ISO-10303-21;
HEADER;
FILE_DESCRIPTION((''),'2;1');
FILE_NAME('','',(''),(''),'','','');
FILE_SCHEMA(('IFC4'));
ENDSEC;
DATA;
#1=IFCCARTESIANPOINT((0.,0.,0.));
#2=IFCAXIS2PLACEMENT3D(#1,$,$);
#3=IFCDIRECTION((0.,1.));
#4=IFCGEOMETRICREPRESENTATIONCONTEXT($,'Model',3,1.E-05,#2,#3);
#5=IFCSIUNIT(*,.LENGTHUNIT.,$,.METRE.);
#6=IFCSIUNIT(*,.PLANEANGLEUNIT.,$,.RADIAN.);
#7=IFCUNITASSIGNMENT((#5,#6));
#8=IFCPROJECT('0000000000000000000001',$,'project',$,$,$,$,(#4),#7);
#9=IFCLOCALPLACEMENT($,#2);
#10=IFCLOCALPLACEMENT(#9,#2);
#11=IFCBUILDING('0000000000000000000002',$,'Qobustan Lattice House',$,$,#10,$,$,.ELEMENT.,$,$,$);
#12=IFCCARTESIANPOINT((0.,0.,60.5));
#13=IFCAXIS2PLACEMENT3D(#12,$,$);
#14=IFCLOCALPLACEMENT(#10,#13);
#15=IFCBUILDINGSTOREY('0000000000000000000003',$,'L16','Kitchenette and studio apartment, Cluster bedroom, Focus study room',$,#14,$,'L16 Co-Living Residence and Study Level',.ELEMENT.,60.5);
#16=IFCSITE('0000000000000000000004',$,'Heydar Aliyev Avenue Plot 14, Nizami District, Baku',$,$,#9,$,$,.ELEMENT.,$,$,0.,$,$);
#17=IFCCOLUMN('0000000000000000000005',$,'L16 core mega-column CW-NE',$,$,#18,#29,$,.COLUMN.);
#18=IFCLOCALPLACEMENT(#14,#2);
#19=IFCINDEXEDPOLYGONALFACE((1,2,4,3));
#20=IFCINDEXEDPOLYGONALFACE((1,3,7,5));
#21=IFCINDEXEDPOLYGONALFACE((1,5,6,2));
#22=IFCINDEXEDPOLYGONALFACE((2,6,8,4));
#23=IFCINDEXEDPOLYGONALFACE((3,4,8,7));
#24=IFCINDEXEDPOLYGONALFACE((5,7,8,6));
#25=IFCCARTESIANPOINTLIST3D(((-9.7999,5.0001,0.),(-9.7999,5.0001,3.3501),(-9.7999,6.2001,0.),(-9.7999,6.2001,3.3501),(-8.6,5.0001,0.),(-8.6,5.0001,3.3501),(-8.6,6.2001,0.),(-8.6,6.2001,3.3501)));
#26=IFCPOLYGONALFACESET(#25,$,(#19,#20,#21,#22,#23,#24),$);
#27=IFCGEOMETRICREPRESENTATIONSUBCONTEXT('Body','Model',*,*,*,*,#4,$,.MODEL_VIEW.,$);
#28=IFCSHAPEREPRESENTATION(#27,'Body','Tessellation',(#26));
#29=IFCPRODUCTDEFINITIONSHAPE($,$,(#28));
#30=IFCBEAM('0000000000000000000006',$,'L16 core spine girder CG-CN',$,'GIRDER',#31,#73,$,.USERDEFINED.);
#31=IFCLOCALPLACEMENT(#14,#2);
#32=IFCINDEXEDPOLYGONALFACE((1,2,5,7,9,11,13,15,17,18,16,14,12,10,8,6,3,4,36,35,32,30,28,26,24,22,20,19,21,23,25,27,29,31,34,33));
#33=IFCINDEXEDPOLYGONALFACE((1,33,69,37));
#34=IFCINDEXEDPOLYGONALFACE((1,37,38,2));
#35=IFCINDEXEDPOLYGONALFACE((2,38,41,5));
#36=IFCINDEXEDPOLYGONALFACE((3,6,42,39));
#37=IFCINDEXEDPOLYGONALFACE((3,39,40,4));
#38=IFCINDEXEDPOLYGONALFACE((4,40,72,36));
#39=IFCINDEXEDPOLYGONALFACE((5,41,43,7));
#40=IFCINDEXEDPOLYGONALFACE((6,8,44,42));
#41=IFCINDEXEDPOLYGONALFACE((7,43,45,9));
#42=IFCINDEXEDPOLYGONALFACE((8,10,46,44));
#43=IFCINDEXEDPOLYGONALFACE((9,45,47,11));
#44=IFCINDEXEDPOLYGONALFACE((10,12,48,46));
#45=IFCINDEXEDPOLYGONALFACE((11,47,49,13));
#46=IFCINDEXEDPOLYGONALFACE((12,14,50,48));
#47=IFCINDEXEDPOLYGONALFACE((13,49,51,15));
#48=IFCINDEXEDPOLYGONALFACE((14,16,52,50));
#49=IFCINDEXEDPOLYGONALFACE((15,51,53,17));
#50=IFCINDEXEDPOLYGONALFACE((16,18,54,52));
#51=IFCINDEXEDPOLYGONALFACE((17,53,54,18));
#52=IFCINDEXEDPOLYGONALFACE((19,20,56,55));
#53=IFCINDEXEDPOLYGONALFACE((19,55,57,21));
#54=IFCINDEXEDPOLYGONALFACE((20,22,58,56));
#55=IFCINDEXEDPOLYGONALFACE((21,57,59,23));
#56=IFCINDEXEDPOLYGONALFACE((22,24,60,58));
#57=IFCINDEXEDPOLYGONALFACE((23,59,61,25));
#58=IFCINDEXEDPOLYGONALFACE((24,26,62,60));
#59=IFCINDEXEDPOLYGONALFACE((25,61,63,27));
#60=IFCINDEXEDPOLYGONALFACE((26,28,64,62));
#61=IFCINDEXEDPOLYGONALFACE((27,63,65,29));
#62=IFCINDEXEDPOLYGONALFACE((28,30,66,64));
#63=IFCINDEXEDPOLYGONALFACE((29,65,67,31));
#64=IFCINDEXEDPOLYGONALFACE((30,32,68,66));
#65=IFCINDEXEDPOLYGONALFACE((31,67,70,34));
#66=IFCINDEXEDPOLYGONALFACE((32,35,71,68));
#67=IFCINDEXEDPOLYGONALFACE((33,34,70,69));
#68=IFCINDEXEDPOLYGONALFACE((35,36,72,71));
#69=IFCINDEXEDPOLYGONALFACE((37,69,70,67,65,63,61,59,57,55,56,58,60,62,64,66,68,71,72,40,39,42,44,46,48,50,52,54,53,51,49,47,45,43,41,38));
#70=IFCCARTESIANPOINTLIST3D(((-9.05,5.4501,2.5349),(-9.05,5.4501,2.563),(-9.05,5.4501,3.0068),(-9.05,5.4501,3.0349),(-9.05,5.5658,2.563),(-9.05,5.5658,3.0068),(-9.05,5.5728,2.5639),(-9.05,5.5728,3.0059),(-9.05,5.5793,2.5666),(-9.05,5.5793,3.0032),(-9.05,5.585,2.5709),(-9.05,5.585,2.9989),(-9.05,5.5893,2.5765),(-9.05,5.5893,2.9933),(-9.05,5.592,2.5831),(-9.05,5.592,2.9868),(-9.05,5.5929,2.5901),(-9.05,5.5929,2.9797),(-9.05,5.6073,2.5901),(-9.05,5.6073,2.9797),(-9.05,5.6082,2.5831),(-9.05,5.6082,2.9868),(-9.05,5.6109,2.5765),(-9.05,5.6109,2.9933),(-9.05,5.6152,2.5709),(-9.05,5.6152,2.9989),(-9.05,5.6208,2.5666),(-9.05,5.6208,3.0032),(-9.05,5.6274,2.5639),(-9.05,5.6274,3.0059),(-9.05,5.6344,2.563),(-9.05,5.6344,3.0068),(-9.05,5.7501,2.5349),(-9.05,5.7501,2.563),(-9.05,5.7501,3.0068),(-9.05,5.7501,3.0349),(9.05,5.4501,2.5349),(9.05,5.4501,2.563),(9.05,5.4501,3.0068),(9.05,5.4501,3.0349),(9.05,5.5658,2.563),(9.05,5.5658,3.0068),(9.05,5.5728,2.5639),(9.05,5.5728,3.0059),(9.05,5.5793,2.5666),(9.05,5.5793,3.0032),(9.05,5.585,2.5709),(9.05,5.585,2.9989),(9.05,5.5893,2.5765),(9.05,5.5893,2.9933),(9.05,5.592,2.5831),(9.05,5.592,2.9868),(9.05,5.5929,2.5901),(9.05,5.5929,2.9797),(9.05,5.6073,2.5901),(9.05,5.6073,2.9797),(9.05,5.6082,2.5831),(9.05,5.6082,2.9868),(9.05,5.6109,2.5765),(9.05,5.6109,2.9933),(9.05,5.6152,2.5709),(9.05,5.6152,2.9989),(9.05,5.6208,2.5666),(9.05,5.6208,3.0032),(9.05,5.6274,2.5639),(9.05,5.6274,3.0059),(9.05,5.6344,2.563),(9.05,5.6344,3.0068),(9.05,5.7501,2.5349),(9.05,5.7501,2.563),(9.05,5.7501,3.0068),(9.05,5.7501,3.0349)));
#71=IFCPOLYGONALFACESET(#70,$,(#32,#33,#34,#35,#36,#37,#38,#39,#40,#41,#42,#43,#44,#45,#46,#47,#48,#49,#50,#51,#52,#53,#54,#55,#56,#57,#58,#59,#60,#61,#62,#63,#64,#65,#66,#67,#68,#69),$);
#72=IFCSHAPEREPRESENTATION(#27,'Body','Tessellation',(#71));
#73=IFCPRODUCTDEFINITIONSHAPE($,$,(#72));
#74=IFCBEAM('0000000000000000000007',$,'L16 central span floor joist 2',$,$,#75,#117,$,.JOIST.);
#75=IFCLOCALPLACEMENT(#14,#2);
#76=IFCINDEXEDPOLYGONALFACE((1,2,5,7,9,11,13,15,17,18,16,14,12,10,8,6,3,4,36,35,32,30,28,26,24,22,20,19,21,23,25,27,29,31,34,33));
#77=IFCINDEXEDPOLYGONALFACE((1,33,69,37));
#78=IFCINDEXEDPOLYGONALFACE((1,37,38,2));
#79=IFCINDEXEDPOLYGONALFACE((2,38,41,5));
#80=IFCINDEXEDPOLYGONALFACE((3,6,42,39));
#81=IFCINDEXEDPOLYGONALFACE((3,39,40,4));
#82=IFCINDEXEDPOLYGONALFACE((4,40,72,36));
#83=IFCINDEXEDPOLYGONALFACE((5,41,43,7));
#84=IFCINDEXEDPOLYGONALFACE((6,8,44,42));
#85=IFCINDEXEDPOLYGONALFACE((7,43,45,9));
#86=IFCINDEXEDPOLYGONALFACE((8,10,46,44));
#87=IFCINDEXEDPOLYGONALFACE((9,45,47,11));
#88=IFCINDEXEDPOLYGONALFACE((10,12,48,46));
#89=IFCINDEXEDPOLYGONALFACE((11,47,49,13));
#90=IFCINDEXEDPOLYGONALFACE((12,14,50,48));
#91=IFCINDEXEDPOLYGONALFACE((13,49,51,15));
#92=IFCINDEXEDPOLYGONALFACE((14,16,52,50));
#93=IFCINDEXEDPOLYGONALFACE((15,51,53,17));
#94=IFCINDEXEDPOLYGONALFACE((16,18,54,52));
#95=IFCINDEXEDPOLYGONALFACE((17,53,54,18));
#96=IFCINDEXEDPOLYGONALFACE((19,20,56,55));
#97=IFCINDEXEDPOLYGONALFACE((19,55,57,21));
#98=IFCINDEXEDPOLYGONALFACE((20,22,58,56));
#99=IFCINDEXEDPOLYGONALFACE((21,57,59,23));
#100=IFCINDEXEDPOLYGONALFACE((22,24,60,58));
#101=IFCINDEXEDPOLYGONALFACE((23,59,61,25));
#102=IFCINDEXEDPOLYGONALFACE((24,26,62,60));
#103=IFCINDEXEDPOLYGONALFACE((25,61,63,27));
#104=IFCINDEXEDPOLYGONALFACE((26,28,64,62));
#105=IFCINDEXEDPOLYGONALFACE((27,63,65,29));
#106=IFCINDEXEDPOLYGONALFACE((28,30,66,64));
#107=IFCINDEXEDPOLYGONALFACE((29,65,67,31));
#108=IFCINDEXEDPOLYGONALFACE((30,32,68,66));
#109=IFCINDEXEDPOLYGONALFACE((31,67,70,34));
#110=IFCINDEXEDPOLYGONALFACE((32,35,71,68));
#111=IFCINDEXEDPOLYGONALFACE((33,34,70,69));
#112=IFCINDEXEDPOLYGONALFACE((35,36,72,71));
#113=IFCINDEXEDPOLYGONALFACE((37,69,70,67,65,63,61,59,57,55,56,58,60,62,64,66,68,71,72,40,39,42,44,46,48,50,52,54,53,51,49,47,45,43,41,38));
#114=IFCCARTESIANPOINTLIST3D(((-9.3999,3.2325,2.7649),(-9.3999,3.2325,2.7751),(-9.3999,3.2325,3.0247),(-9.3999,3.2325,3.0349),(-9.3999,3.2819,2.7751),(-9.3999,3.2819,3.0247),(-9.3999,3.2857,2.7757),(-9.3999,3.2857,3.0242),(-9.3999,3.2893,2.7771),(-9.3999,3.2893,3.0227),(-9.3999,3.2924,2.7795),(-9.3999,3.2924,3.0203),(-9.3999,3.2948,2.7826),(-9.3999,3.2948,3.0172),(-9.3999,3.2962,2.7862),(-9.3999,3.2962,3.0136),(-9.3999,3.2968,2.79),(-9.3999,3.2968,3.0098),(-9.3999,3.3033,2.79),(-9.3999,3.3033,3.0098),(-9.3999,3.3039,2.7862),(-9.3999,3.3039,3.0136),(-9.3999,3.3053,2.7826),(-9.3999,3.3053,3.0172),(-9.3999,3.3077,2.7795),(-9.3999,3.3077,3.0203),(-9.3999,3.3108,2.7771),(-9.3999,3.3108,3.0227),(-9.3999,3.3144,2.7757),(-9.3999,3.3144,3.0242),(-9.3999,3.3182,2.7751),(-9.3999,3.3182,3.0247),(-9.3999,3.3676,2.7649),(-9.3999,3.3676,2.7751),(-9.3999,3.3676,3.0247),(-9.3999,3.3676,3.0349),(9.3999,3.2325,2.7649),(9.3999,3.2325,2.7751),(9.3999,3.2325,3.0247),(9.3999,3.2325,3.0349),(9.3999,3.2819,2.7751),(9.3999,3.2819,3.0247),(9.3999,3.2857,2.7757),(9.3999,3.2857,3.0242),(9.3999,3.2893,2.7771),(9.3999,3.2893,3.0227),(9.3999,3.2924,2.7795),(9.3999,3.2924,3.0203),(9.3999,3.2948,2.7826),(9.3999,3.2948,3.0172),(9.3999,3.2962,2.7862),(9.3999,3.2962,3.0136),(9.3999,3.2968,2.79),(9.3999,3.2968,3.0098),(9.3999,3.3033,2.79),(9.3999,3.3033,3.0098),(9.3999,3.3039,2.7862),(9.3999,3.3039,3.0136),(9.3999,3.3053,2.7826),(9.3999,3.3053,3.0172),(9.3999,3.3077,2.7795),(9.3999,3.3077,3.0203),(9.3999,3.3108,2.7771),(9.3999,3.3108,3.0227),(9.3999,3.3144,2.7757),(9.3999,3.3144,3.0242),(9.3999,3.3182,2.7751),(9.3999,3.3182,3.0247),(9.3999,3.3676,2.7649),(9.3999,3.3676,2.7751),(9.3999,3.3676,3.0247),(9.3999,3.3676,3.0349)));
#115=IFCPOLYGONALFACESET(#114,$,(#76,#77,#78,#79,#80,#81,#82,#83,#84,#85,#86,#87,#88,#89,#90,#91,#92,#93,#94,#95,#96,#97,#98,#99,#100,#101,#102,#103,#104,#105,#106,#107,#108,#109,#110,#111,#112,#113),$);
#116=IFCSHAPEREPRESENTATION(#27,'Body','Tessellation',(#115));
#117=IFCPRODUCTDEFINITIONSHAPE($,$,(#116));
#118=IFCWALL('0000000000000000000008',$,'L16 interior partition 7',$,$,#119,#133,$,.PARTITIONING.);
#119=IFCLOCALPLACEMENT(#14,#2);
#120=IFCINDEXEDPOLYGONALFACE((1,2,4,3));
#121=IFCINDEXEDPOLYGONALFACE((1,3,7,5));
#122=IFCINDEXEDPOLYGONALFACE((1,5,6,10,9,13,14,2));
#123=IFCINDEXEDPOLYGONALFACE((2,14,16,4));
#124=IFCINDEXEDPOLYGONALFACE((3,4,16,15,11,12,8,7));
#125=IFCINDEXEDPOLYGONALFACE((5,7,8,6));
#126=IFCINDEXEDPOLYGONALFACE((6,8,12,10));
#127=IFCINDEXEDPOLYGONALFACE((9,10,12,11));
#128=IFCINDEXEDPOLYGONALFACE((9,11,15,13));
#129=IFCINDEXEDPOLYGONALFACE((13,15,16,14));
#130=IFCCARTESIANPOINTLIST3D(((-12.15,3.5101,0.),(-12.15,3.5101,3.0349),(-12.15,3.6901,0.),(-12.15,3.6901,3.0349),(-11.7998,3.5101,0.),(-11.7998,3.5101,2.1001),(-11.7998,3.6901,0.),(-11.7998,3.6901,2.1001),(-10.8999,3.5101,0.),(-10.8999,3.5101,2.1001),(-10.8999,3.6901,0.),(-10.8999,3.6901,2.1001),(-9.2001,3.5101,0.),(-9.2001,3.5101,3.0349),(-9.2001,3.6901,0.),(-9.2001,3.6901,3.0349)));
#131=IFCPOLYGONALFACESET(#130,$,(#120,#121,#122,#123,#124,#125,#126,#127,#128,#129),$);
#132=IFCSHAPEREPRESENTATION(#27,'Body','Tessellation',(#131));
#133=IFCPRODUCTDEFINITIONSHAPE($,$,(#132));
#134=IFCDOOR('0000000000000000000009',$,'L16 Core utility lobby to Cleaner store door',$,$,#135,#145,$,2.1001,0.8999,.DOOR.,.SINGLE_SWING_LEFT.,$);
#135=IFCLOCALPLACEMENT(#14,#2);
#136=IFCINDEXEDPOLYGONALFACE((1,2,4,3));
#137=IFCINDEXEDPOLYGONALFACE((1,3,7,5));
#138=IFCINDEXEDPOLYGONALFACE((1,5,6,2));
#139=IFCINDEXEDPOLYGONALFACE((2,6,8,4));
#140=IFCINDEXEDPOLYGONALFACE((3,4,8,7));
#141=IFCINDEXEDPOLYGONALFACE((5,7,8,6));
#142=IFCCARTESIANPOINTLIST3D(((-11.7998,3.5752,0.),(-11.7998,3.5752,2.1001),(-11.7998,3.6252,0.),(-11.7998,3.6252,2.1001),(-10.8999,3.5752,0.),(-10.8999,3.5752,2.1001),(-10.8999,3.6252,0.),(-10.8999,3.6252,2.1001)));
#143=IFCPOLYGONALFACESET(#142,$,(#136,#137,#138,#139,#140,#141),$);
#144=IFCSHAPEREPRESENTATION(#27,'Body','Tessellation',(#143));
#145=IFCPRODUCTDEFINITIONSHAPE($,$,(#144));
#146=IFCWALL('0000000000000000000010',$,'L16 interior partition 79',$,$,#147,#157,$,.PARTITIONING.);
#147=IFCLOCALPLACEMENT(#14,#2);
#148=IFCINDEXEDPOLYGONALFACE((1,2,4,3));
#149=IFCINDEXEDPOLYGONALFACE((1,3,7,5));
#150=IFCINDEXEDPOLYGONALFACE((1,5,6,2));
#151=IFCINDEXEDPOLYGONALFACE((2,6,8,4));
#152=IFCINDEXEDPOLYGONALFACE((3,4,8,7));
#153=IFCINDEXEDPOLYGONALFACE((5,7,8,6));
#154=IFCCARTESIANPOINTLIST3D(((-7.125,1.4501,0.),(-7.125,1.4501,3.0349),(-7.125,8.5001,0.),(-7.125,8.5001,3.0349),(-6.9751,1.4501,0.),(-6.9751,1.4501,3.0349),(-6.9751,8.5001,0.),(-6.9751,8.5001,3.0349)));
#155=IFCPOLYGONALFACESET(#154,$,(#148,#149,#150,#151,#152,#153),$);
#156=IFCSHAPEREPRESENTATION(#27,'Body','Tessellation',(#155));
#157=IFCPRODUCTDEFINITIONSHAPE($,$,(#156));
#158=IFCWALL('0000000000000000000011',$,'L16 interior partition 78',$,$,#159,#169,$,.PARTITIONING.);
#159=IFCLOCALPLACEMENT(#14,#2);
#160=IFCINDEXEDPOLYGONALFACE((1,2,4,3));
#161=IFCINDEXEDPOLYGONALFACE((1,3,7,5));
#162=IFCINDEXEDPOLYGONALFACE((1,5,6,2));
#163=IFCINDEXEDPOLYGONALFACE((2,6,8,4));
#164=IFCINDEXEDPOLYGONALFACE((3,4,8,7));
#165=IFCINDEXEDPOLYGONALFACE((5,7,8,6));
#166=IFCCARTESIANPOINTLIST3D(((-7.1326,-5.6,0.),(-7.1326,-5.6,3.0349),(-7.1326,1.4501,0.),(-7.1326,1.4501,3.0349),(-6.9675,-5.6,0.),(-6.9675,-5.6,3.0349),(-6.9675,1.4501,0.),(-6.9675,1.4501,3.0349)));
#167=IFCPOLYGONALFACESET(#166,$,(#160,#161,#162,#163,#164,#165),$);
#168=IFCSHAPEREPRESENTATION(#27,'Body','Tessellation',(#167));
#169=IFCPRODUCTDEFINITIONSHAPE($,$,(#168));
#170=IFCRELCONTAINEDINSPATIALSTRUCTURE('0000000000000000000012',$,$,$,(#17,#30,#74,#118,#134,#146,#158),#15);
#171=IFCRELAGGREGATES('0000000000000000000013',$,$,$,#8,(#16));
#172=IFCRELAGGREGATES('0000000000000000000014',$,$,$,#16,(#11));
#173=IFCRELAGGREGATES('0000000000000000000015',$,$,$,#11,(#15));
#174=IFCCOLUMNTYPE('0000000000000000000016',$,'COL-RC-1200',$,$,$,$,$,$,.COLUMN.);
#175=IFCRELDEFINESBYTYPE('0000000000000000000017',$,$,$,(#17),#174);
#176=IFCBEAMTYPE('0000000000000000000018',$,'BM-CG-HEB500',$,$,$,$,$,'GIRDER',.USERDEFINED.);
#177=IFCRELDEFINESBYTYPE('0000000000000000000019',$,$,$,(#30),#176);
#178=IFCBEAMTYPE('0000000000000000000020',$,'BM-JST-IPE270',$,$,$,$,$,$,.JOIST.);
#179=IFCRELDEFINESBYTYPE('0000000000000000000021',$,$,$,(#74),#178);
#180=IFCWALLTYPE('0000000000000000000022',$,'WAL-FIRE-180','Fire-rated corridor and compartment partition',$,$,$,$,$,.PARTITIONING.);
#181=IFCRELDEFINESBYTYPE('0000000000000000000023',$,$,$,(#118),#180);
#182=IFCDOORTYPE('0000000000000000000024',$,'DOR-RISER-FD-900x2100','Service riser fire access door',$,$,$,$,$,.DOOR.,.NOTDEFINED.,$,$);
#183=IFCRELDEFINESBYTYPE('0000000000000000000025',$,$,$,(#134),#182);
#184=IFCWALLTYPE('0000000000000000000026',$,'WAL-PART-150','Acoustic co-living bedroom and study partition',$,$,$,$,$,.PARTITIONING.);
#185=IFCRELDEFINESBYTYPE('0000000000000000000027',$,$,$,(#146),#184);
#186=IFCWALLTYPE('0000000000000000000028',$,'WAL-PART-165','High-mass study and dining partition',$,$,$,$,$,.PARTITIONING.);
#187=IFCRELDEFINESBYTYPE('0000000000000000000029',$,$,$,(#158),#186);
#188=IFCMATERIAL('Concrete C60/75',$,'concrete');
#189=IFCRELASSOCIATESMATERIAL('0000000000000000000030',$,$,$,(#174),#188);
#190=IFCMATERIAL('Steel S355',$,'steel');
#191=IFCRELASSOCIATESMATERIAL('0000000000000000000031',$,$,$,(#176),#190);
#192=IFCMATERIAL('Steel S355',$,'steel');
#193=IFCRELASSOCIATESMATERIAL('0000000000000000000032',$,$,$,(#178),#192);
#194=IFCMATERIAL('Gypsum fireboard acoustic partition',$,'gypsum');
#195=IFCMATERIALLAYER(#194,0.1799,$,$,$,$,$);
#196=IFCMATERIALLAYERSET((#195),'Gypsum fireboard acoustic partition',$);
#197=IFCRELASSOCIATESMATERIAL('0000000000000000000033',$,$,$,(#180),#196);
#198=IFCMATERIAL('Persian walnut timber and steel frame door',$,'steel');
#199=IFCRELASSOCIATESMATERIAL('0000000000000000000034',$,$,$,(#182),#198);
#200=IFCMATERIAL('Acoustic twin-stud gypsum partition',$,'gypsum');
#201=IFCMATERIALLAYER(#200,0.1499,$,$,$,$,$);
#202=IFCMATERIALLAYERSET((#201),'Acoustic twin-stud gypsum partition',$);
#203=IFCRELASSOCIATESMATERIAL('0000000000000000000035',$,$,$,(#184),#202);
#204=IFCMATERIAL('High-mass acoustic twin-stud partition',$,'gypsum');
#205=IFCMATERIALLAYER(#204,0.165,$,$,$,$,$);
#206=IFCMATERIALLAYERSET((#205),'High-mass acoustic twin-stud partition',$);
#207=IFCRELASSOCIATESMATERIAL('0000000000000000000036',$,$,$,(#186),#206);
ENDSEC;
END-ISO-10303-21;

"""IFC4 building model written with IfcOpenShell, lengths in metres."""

from ifc_helpers import new_model, si_unit, direction, frame, frame_2d, origin, origin_2d, place, context, subcontext, project, spatial, rectangle, i_section, extrude, material, layer, layer_set, material_profile, profile_set, type_object, element, fill, save


model = new_model("IFC4")

# Units and contexts
model_context = context("Model", 3, precision=1e-05, world=origin(), true_north=direction((0.0, 1.0)))
body_context = subcontext(model_context, "Body", "Model", "MODEL_VIEW")
ifc_project = project(units=[si_unit("LENGTHUNIT", "METRE"), si_unit("PLANEANGLEUNIT", "RADIAN")], contexts=[model_context])

# Site, building, storey
site_placement = place(None, origin())
site = spatial("IfcSite", under=ifc_project, at=site_placement, Name="Heydar Aliyev Avenue Plot 14, Nizami District, Baku", CompositionType="ELEMENT", RefElevation=0.0)
building_placement = place(site_placement, origin())
building = spatial("IfcBuilding", under=site, at=building_placement, Name="Qobustan Lattice House", CompositionType="ELEMENT")
storey_placement = place(building_placement, frame((0.0, 0.0, 60.5)))
storey = spatial("IfcBuildingStorey", under=building, at=storey_placement, Name="L16", Description="Kitchenette and studio apartment, Cluster bedroom, Focus study room", LongName="L16 Co-Living Residence and Study Level", CompositionType="ELEMENT", Elevation=60.5)

# Column
ifc_material_1 = material(Name="Concrete C60/75", Category="concrete")
ifc_material_profile_1 = material_profile(ifc_material_1, rectangle(XDim=1.2, YDim=1.2, at=origin_2d()), Name="RC1200x1200")
ifc_profile_set_1 = profile_set([ifc_material_profile_1], Name="Concrete C60/75")
column_type = type_object("IfcColumnType", Name="COL-RC-1200", PredefinedType="COLUMN", material=ifc_profile_set_1)
column_placement = place(storey_placement, frame((-9.2, 5.6001, 0.0), z_axis=(0.0, 0.0, 1.0), x_axis=(1.0, 0.0, 0.0)))
element("IfcColumn", 1, at=column_placement, inside=storey, type_object=column_type, Name="L16 core mega-column CW-NE", PredefinedType="COLUMN", context=body_context, shape_type="SweptSolid", body=[
    extrude(rectangle(XDim=1.2, YDim=1.2, at=origin_2d()), origin(), (0.0, 0.0, 1.0), 3.3501),
])

# Beams
ifc_material_2 = material(Name="Steel S355", Category="steel")
ifc_material_profile_2 = material_profile(ifc_material_2, i_section(OverallWidth=0.3, OverallDepth=0.5, WebThickness=0.0144, FlangeThickness=0.0281, FilletRadius=0.0271, at=origin_2d()), Name="HEB500")
ifc_profile_set_2 = profile_set([ifc_material_profile_2], Name="Steel S355")
beam_type_1 = type_object("IfcBeamType", Name="BM-CG-HEB500", ElementType="GIRDER", PredefinedType="USERDEFINED", material=ifc_profile_set_2)
beam_1_placement = place(storey_placement, frame((-9.05, 5.6001, 2.7849), z_axis=(1.0, 0.0, 0.0), x_axis=(0.0, 1.0, 0.0)))
element("IfcBeam", 2, at=beam_1_placement, inside=storey, type_object=beam_type_1, Name="L16 core spine girder CG-CN", ObjectType="GIRDER", PredefinedType="USERDEFINED", context=body_context, shape_type="SweptSolid", body=[
    extrude(i_section(OverallWidth=0.3, OverallDepth=0.5, WebThickness=0.0144, FlangeThickness=0.0281, FilletRadius=0.0271, at=origin_2d()), origin(), (0.0, 0.0, 1.0), 18.1001),
])
ifc_material_3 = material(Name="Steel S355", Category="steel")
ifc_material_profile_3 = material_profile(ifc_material_3, i_section(OverallWidth=0.135, OverallDepth=0.27, WebThickness=0.0066, FlangeThickness=0.0103, FilletRadius=0.0149, at=origin_2d()), Name="IPE270")
ifc_profile_set_3 = profile_set([ifc_material_profile_3], Name="Steel S355")
beam_type_2 = type_object("IfcBeamType", Name="BM-JST-IPE270", PredefinedType="JOIST", material=ifc_profile_set_3)
beam_2_placement = place(storey_placement, frame((-9.3999, 3.3, 2.8999), z_axis=(1.0, 0.0, 0.0), x_axis=(0.0, 1.0, 0.0)))
element("IfcBeam", 3, at=beam_2_placement, inside=storey, type_object=beam_type_2, Name="L16 central span floor joist 2", PredefinedType="JOIST", context=body_context, shape_type="SweptSolid", body=[
    extrude(i_section(OverallWidth=0.135, OverallDepth=0.27, WebThickness=0.0066, FlangeThickness=0.0103, FilletRadius=0.0149, at=origin_2d()), origin(), (0.0, 0.0, 1.0), 18.7998),
])

# Wall, opening, door
ifc_material_4 = material(Name="Gypsum fireboard acoustic partition", Category="gypsum")
ifc_layer_1 = layer(ifc_material_4, 0.1799)
ifc_layer_set_1 = layer_set([ifc_layer_1], Name="Gypsum fireboard acoustic partition")
wall_type_1 = type_object("IfcWallType", Name="WAL-FIRE-180", Description="Fire-rated corridor and compartment partition", PredefinedType="PARTITIONING", material=ifc_layer_set_1)
wall_1_placement = place(storey_placement, frame((-9.2, 3.6001, 0.0), z_axis=(0.0, 0.0, 1.0), x_axis=(-1.0, 0.0, 0.0)))
wall_1 = element("IfcWall", 4, at=wall_1_placement, inside=storey, type_object=wall_type_1, Name="L16 interior partition 7", PredefinedType="PARTITIONING", context=body_context, shape_type="SweptSolid", body=[
    extrude(rectangle(XDim=2.95, YDim=0.1799, at=frame_2d((1.4751, 0.0))), origin(), (0.0, 0.0, 1.0), 3.0349),
])
opening_1_placement = place(wall_1_placement, frame((1.7, 0.0, 0.0)))
opening_1 = element("IfcOpeningElement", 5, at=opening_1_placement, cuts=wall_1, PredefinedType="OPENING", context=body_context, shape_type="SweptSolid", body=[
    extrude(rectangle(XDim=0.8999, YDim=2.1001, at=frame_2d((0.45, 1.05))), frame((0.0, 0.0999, 0.0), z_axis=(0.0, -1.0, 0.0), x_axis=(1.0, 0.0, 0.0)), (0.0, 0.0, 1.0), 0.2),
])
ifc_material_5 = material(Name="Persian walnut timber and steel frame door", Category="steel")
door_type_1 = type_object("IfcDoorType", Name="DOR-RISER-FD-900x2100", Description="Service riser fire access door", OperationType="NOTDEFINED", PredefinedType="DOOR", material=ifc_material_5)
door_1_placement = place(opening_1_placement, origin())
door_1 = element("IfcDoor", 6, at=door_1_placement, inside=storey, type_object=door_type_1, Name="L16 Core utility lobby to Cleaner store door", OperationType="SINGLE_SWING_LEFT", OverallHeight=2.1001, OverallWidth=0.8999, PredefinedType="DOOR", context=body_context, shape_type="SweptSolid", body=[
    extrude(rectangle(XDim=0.8999, YDim=2.1001, at=frame_2d((0.45, 1.05))), frame((0.0, 0.0249, 0.0), z_axis=(0.0, -1.0, 0.0), x_axis=(1.0, 0.0, 0.0)), (0.0, 0.0, 1.0), 0.05),
])
fill(opening_1, door_1)

# Walls
ifc_material_6 = material(Name="Acoustic twin-stud gypsum partition", Category="gypsum")
ifc_layer_2 = layer(ifc_material_6, 0.1499)
ifc_layer_set_2 = layer_set([ifc_layer_2], Name="Acoustic twin-stud gypsum partition")
wall_type_2 = type_object("IfcWallType", Name="WAL-PART-150", Description="Acoustic co-living bedroom and study partition", PredefinedType="PARTITIONING", material=ifc_layer_set_2)
wall_2_placement = place(storey_placement, frame((-7.05, 8.5, 0.0), z_axis=(0.0, 0.0, 1.0), x_axis=(0.0, -1.0, 0.0)))
element("IfcWall", 7, at=wall_2_placement, inside=storey, type_object=wall_type_2, Name="L16 interior partition 79", PredefinedType="PARTITIONING", context=body_context, shape_type="SweptSolid", body=[
    extrude(rectangle(XDim=7.05, YDim=0.1499, at=frame_2d((3.5249, 0.0))), origin(), (0.0, 0.0, 1.0), 3.0349),
])
ifc_material_7 = material(Name="High-mass acoustic twin-stud partition", Category="gypsum")
ifc_layer_3 = layer(ifc_material_7, 0.165)
ifc_layer_set_3 = layer_set([ifc_layer_3], Name="High-mass acoustic twin-stud partition")
wall_type_3 = type_object("IfcWallType", Name="WAL-PART-165", Description="High-mass study and dining partition", PredefinedType="PARTITIONING", material=ifc_layer_set_3)
wall_3_placement = place(storey_placement, frame((-7.05, 1.45, 0.0), z_axis=(0.0, 0.0, 1.0), x_axis=(0.0, -1.0, 0.0)))
element("IfcWall", 8, at=wall_3_placement, inside=storey, type_object=wall_type_3, Name="L16 interior partition 78", PredefinedType="PARTITIONING", context=body_context, shape_type="SweptSolid", body=[
    extrude(rectangle(XDim=7.05, YDim=0.165, at=frame_2d((3.5249, 0.0))), origin(), (0.0, 0.0, 1.0), 3.0349),
])

save(model, "model.ifc")
